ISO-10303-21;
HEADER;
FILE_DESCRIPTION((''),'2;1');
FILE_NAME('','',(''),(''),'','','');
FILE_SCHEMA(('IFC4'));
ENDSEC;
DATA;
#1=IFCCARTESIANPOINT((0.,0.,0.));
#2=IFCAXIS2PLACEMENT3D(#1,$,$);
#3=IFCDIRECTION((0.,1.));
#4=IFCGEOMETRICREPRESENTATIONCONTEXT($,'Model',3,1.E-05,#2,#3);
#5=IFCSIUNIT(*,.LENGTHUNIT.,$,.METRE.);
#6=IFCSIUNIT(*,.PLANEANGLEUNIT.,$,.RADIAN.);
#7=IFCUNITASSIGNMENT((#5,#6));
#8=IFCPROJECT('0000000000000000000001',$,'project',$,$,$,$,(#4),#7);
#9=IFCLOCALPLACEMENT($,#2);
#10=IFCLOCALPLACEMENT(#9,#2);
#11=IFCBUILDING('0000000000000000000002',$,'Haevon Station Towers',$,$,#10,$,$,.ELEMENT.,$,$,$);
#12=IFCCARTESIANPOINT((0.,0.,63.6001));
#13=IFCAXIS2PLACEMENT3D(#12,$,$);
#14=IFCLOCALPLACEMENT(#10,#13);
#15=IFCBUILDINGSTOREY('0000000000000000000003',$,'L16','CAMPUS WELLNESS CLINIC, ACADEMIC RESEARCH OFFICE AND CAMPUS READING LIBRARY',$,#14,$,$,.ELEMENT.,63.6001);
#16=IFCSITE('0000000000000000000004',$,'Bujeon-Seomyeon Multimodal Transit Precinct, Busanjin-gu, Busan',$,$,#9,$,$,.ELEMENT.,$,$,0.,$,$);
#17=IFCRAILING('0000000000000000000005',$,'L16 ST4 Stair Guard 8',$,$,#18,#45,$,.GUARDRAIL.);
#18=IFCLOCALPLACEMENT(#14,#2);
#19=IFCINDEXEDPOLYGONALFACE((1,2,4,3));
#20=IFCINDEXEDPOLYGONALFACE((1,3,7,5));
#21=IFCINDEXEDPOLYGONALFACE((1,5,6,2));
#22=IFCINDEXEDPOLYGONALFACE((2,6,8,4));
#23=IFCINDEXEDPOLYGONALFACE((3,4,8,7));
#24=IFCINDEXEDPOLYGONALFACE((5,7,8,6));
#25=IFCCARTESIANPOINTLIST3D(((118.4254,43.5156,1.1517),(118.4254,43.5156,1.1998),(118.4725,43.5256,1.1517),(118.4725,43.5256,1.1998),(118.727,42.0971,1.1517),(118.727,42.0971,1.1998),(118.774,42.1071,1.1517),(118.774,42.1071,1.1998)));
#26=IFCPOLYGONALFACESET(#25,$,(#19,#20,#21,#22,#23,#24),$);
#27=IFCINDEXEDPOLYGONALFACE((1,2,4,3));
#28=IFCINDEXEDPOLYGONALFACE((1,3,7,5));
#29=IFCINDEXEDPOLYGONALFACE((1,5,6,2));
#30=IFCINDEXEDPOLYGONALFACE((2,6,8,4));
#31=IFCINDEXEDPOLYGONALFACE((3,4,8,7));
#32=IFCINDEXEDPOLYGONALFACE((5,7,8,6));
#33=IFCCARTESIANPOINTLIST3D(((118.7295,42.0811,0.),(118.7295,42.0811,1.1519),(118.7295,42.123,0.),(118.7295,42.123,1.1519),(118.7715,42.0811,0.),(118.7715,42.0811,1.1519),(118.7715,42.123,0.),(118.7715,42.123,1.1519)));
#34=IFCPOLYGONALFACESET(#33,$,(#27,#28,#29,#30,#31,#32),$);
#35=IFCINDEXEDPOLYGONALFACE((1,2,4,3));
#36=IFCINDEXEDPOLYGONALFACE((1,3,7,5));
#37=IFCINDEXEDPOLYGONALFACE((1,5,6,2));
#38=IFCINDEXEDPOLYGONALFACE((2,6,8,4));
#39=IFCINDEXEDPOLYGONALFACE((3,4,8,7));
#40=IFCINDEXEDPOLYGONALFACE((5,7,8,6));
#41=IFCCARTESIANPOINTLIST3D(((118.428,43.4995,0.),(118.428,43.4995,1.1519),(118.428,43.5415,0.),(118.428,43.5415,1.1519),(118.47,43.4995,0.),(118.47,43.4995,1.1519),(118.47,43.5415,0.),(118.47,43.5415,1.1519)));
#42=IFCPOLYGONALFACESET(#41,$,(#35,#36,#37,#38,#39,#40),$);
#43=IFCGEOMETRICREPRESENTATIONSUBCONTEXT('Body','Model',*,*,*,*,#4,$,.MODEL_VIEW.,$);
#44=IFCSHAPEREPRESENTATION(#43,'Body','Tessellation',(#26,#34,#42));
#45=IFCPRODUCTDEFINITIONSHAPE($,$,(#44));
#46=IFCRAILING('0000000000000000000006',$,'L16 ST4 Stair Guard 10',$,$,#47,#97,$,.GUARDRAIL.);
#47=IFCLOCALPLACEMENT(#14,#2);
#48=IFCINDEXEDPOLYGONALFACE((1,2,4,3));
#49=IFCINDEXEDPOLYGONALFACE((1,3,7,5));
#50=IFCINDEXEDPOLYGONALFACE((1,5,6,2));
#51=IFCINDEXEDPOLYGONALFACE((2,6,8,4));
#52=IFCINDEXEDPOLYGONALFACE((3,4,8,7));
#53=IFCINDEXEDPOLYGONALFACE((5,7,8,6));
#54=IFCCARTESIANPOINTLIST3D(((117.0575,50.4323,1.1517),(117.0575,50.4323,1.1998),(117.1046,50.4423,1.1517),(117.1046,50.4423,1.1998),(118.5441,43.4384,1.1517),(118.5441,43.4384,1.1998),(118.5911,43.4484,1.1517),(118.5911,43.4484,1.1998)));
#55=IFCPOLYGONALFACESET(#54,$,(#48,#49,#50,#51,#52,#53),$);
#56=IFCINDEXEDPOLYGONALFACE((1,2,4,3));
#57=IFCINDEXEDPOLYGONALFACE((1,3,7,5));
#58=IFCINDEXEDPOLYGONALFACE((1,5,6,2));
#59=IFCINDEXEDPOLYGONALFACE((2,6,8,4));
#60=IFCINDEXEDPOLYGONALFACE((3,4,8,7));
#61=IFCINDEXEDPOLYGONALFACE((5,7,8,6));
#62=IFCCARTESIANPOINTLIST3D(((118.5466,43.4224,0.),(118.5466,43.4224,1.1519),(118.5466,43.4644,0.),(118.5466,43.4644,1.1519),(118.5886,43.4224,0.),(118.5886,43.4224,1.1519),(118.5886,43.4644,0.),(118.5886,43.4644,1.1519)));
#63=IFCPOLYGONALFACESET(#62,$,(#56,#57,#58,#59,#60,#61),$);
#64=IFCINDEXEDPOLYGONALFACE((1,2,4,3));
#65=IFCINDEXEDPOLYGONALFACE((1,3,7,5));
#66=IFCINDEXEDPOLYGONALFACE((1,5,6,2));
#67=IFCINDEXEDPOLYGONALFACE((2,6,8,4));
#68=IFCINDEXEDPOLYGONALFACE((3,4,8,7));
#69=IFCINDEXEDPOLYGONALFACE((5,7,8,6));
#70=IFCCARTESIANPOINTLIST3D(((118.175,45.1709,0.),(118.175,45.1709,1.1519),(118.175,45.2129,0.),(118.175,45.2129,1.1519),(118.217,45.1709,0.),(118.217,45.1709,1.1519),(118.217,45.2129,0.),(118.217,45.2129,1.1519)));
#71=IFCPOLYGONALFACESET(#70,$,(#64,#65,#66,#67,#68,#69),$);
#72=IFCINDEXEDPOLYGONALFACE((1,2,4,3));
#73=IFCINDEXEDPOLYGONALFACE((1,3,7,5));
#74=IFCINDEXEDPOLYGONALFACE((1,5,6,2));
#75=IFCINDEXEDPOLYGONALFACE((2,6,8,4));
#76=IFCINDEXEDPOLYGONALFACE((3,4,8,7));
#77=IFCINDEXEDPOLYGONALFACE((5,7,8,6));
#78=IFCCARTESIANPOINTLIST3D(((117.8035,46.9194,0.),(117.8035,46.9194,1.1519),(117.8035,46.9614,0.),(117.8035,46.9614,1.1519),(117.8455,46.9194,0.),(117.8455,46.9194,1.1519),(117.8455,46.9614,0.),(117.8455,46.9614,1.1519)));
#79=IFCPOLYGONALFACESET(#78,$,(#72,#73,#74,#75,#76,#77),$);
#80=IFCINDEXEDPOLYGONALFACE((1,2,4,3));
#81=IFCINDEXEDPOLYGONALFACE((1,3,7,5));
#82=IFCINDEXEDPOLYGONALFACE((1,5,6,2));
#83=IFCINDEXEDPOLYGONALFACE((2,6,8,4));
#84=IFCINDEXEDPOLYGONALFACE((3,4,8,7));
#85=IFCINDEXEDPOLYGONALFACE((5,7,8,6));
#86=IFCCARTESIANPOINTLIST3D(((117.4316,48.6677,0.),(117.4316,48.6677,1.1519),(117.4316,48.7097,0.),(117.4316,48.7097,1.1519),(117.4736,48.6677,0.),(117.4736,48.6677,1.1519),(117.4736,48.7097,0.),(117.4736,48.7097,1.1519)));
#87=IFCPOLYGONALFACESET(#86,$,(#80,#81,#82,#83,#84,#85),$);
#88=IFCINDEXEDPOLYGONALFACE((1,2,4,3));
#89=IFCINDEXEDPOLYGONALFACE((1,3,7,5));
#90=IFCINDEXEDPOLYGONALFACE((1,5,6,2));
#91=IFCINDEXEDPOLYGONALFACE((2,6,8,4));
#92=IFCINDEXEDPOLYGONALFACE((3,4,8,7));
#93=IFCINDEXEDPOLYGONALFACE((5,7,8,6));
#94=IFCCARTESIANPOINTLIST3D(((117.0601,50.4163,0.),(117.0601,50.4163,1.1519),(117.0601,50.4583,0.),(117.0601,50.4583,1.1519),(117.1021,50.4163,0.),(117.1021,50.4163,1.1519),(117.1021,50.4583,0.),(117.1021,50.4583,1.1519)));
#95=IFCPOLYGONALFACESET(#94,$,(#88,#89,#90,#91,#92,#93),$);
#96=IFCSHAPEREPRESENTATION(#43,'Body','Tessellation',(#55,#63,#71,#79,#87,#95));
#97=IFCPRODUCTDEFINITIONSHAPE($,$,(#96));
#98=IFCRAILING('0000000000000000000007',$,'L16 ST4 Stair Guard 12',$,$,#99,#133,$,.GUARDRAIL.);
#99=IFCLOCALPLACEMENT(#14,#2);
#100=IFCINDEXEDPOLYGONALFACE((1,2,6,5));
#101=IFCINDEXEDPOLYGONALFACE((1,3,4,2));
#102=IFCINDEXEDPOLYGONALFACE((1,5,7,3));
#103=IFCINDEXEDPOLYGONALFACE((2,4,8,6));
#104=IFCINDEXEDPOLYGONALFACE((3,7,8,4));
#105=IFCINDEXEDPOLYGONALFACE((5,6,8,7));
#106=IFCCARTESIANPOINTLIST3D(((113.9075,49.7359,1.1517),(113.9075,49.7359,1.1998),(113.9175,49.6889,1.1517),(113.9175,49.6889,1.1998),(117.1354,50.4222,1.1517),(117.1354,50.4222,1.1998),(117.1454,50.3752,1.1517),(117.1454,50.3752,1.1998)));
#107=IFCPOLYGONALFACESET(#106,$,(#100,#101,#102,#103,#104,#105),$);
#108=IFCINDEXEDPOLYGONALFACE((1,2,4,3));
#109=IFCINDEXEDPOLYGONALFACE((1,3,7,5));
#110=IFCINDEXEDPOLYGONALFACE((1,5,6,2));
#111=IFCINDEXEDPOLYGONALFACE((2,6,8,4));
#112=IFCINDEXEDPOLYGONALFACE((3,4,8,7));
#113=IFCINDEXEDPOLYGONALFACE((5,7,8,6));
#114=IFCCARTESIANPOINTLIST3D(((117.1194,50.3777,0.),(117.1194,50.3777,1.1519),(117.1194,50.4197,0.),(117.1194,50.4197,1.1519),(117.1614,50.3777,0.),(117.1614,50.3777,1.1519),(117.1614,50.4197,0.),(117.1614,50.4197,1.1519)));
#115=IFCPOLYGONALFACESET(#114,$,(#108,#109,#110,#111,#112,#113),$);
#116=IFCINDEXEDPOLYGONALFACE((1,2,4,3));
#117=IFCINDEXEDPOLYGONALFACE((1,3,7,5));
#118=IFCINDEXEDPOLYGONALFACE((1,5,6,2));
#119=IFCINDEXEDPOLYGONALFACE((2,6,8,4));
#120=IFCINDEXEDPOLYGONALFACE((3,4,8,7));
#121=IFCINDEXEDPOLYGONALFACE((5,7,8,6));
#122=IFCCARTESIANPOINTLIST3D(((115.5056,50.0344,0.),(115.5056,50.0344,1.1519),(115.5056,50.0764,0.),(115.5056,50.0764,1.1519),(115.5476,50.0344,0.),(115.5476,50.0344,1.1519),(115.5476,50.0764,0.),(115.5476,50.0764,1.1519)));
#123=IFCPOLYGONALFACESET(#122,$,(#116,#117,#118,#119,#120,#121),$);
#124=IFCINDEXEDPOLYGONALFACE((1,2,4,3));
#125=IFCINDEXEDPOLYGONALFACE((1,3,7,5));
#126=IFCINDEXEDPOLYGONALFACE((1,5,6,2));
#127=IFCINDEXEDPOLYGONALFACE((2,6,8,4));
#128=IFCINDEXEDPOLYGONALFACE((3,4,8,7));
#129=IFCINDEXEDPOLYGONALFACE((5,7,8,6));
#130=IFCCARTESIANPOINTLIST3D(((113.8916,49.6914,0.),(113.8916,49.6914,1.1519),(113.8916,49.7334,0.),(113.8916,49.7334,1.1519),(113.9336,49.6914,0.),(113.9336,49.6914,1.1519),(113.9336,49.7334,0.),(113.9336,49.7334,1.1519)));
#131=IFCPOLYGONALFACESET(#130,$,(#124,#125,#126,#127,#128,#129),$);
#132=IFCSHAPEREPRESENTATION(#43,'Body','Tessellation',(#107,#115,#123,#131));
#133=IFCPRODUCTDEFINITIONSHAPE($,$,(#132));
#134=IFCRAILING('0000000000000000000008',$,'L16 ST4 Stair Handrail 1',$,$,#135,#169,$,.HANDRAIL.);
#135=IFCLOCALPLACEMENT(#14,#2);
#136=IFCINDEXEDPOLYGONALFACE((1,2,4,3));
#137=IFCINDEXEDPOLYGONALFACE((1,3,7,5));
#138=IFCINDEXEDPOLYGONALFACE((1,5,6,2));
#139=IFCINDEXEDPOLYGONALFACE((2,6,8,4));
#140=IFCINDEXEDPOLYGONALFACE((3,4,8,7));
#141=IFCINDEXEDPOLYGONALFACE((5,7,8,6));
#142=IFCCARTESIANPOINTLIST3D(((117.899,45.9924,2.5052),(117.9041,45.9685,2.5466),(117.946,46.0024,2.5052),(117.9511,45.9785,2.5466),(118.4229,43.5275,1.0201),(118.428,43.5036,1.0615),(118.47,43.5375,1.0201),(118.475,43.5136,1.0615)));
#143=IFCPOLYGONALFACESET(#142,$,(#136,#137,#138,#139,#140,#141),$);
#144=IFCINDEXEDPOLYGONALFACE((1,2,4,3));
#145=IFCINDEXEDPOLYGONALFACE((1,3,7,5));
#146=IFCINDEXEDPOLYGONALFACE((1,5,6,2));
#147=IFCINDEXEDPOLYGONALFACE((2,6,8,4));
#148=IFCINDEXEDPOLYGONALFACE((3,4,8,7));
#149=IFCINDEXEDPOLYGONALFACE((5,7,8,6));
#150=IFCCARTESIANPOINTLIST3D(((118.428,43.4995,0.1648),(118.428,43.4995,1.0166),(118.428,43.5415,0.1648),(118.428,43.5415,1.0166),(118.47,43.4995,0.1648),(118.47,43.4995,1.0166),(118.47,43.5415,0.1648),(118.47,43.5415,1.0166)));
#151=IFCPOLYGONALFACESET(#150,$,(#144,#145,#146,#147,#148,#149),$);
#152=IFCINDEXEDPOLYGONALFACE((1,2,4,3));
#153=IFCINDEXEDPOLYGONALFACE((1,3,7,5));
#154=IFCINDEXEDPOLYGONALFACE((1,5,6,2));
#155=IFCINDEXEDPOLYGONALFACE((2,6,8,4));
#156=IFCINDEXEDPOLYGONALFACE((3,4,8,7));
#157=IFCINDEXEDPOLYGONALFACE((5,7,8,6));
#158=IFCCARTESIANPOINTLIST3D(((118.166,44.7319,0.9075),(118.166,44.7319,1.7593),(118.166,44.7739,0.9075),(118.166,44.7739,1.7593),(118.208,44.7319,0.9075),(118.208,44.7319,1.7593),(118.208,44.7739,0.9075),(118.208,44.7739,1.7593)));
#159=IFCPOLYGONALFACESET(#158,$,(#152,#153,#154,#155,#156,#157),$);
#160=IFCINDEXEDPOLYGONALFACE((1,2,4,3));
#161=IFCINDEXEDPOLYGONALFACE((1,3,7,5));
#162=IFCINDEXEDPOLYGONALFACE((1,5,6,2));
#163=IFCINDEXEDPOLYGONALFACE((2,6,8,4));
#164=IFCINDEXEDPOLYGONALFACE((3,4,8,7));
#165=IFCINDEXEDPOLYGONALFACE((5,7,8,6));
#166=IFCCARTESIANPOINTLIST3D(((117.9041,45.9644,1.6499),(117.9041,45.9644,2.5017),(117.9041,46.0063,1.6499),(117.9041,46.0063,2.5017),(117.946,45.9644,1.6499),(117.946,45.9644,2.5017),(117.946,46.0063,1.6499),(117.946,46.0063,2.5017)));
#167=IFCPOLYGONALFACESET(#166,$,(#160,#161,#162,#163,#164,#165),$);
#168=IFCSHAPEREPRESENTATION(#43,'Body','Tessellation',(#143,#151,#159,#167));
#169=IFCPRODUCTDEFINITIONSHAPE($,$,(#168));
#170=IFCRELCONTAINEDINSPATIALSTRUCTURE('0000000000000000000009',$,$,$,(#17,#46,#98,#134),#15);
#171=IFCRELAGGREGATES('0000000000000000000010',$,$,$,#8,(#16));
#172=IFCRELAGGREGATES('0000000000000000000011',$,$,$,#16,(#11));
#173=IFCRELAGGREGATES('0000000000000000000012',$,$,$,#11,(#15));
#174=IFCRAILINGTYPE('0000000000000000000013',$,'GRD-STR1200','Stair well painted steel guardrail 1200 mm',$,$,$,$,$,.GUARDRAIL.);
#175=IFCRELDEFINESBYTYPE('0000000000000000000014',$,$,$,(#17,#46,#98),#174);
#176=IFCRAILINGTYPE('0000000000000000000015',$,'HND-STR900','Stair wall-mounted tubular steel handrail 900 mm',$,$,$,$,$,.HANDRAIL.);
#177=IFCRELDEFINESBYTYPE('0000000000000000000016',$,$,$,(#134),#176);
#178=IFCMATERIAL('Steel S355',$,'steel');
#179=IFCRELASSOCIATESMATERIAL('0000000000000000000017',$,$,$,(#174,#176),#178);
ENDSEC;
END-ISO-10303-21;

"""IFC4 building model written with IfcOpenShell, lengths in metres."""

from ifc_helpers import new_model, si_unit, direction, frame, origin, origin_2d, place, context, subcontext, project, spatial, rectangle, extrude, material, type_object, element, save


model = new_model("IFC4")

# Units and contexts
model_context = context("Model", 3, precision=1e-05, world=origin(), true_north=direction((0.0, 1.0)))
body_context = subcontext(model_context, "Body", "Model", "MODEL_VIEW")
ifc_project = project(units=[si_unit("LENGTHUNIT", "METRE"), si_unit("PLANEANGLEUNIT", "RADIAN")], contexts=[model_context])

# Site, building, storey
site_placement = place(None, origin())
site = spatial("IfcSite", under=ifc_project, at=site_placement, Name="Bujeon-Seomyeon Multimodal Transit Precinct, Busanjin-gu, Busan", CompositionType="ELEMENT", RefElevation=0.0)
building_placement = place(site_placement, origin())
building = spatial("IfcBuilding", under=site, at=building_placement, Name="Haevon Station Towers", CompositionType="ELEMENT")
storey_placement = place(building_placement, frame((0.0, 0.0, 63.6001)))
storey = spatial("IfcBuildingStorey", under=building, at=storey_placement, Name="L16", Description="CAMPUS WELLNESS CLINIC, ACADEMIC RESEARCH OFFICE AND CAMPUS READING LIBRARY", CompositionType="ELEMENT", Elevation=63.6001)

# Shared definitions
ifc_material_1 = material(Name="Steel S355", Category="steel")

# Railings
railing_type_1 = type_object("IfcRailingType", Name="GRD-STR1200", Description="Stair well painted steel guardrail 1200 mm", PredefinedType="GUARDRAIL", material=ifc_material_1)
railing_1_placement = place(storey_placement, frame((118.7505, 42.1021, 0.0)))
element("IfcRailing", 1, at=railing_1_placement, inside=storey, type_object=railing_type_1, Name="L16 ST4 Stair Guard 8", PredefinedType="GUARDRAIL", context=body_context, shape_type="SweptSolid", body=[
    extrude(rectangle(XDim=0.0481, YDim=0.0481, at=origin_2d()), frame((0.0, 0.0, 1.1758), z_axis=(-0.207919, 0.978146, 0.0), x_axis=(-0.978146, -0.207919, 0.0)), (0.0, 0.0, 1.0), 1.4502),
    extrude(rectangle(XDim=0.042, YDim=0.042, at=origin_2d()), origin(), (0.0, 0.0, 1.0), 1.1519),
    extrude(rectangle(XDim=0.042, YDim=0.042, at=origin_2d()), frame((-0.3015, 1.4185, 0.0)), (0.0, 0.0, 1.0), 1.1519),
])
railing_2_placement = place(storey_placement, frame((118.5676, 43.4434, 0.0)))
element("IfcRailing", 2, at=railing_2_placement, inside=storey, type_object=railing_type_1, Name="L16 ST4 Stair Guard 10", PredefinedType="GUARDRAIL", context=body_context, shape_type="SweptSolid", body=[
    extrude(rectangle(XDim=0.0481, YDim=0.0481, at=origin_2d()), frame((0.0, 0.0, 1.1758), z_axis=(-0.207908, 0.978148, 0.0), x_axis=(-0.978148, -0.207908, 0.0)), (0.0, 0.0, 1.0), 7.1501),
    extrude(rectangle(XDim=0.042, YDim=0.042, at=origin_2d()), origin(), (0.0, 0.0, 1.0), 1.1519),
    extrude(rectangle(XDim=0.042, YDim=0.042, at=origin_2d()), frame((-0.3716, 1.7485, 0.0)), (0.0, 0.0, 1.0), 1.1519),
    extrude(rectangle(XDim=0.042, YDim=0.042, at=origin_2d()), frame((-0.7432, 3.4971, 0.0)), (0.0, 0.0, 1.0), 1.1519),
    extrude(rectangle(XDim=0.042, YDim=0.042, at=origin_2d()), frame((-1.115, 5.2454, 0.0)), (0.0, 0.0, 1.0), 1.1519),
    extrude(rectangle(XDim=0.042, YDim=0.042, at=origin_2d()), frame((-1.4866, 6.9939, 0.0)), (0.0, 0.0, 1.0), 1.1519),
])
railing_3_placement = place(storey_placement, frame((117.1404, 50.3987, 0.0)))
element("IfcRailing", 3, at=railing_3_placement, inside=storey, type_object=railing_type_1, Name="L16 ST4 Stair Guard 12", PredefinedType="GUARDRAIL", context=body_context, shape_type="SweptSolid", body=[
    extrude(rectangle(XDim=0.0481, YDim=0.0481, at=origin_2d()), frame((0.0, 0.0, 1.1758), z_axis=(-0.978136, -0.207968, 0.0), x_axis=(0.207968, -0.978136, 0.0)), (0.0, 0.0, 1.0), 3.3),
    extrude(rectangle(XDim=0.042, YDim=0.042, at=origin_2d()), origin(), (0.0, 0.0, 1.0), 1.1519),
    extrude(rectangle(XDim=0.042, YDim=0.042, at=origin_2d()), frame((-1.6138, -0.3433, 0.0)), (0.0, 0.0, 1.0), 1.1519),
    extrude(rectangle(XDim=0.042, YDim=0.042, at=origin_2d()), frame((-3.2278, -0.6863, 0.0)), (0.0, 0.0, 1.0), 1.1519),
])
railing_type_2 = type_object("IfcRailingType", Name="HND-STR900", Description="Stair wall-mounted tubular steel handrail 900 mm", PredefinedType="HANDRAIL", material=ifc_material_1)
railing_4_placement = place(storey_placement, frame((118.449, 43.5205, 0.1648)))
element("IfcRailing", 4, at=railing_4_placement, inside=storey, type_object=railing_type_2, Name="L16 ST4 Stair Handrail 1", PredefinedType="HANDRAIL", context=body_context, shape_type="SweptSolid", body=[
    extrude(rectangle(XDim=0.0481, YDim=0.0481, at=origin_2d()), frame((0.0, 0.0, 0.876), z_axis=(-0.179121, 0.842688, 0.507733), x_axis=(-0.978147, -0.207914, 0.0)), (0.0, 0.0, 1.0), 2.925),
    extrude(rectangle(XDim=0.042, YDim=0.042, at=origin_2d()), origin(), (0.0, 0.0, 1.0), 0.8518),
    extrude(rectangle(XDim=0.042, YDim=0.042, at=origin_2d()), frame((-0.262, 1.2324, 0.7427)), (0.0, 0.0, 1.0), 0.8518),
    extrude(rectangle(XDim=0.042, YDim=0.042, at=origin_2d()), frame((-0.5239, 2.4648, 1.4851)), (0.0, 0.0, 1.0), 0.8518),
])

save(model, "model.ifc")
